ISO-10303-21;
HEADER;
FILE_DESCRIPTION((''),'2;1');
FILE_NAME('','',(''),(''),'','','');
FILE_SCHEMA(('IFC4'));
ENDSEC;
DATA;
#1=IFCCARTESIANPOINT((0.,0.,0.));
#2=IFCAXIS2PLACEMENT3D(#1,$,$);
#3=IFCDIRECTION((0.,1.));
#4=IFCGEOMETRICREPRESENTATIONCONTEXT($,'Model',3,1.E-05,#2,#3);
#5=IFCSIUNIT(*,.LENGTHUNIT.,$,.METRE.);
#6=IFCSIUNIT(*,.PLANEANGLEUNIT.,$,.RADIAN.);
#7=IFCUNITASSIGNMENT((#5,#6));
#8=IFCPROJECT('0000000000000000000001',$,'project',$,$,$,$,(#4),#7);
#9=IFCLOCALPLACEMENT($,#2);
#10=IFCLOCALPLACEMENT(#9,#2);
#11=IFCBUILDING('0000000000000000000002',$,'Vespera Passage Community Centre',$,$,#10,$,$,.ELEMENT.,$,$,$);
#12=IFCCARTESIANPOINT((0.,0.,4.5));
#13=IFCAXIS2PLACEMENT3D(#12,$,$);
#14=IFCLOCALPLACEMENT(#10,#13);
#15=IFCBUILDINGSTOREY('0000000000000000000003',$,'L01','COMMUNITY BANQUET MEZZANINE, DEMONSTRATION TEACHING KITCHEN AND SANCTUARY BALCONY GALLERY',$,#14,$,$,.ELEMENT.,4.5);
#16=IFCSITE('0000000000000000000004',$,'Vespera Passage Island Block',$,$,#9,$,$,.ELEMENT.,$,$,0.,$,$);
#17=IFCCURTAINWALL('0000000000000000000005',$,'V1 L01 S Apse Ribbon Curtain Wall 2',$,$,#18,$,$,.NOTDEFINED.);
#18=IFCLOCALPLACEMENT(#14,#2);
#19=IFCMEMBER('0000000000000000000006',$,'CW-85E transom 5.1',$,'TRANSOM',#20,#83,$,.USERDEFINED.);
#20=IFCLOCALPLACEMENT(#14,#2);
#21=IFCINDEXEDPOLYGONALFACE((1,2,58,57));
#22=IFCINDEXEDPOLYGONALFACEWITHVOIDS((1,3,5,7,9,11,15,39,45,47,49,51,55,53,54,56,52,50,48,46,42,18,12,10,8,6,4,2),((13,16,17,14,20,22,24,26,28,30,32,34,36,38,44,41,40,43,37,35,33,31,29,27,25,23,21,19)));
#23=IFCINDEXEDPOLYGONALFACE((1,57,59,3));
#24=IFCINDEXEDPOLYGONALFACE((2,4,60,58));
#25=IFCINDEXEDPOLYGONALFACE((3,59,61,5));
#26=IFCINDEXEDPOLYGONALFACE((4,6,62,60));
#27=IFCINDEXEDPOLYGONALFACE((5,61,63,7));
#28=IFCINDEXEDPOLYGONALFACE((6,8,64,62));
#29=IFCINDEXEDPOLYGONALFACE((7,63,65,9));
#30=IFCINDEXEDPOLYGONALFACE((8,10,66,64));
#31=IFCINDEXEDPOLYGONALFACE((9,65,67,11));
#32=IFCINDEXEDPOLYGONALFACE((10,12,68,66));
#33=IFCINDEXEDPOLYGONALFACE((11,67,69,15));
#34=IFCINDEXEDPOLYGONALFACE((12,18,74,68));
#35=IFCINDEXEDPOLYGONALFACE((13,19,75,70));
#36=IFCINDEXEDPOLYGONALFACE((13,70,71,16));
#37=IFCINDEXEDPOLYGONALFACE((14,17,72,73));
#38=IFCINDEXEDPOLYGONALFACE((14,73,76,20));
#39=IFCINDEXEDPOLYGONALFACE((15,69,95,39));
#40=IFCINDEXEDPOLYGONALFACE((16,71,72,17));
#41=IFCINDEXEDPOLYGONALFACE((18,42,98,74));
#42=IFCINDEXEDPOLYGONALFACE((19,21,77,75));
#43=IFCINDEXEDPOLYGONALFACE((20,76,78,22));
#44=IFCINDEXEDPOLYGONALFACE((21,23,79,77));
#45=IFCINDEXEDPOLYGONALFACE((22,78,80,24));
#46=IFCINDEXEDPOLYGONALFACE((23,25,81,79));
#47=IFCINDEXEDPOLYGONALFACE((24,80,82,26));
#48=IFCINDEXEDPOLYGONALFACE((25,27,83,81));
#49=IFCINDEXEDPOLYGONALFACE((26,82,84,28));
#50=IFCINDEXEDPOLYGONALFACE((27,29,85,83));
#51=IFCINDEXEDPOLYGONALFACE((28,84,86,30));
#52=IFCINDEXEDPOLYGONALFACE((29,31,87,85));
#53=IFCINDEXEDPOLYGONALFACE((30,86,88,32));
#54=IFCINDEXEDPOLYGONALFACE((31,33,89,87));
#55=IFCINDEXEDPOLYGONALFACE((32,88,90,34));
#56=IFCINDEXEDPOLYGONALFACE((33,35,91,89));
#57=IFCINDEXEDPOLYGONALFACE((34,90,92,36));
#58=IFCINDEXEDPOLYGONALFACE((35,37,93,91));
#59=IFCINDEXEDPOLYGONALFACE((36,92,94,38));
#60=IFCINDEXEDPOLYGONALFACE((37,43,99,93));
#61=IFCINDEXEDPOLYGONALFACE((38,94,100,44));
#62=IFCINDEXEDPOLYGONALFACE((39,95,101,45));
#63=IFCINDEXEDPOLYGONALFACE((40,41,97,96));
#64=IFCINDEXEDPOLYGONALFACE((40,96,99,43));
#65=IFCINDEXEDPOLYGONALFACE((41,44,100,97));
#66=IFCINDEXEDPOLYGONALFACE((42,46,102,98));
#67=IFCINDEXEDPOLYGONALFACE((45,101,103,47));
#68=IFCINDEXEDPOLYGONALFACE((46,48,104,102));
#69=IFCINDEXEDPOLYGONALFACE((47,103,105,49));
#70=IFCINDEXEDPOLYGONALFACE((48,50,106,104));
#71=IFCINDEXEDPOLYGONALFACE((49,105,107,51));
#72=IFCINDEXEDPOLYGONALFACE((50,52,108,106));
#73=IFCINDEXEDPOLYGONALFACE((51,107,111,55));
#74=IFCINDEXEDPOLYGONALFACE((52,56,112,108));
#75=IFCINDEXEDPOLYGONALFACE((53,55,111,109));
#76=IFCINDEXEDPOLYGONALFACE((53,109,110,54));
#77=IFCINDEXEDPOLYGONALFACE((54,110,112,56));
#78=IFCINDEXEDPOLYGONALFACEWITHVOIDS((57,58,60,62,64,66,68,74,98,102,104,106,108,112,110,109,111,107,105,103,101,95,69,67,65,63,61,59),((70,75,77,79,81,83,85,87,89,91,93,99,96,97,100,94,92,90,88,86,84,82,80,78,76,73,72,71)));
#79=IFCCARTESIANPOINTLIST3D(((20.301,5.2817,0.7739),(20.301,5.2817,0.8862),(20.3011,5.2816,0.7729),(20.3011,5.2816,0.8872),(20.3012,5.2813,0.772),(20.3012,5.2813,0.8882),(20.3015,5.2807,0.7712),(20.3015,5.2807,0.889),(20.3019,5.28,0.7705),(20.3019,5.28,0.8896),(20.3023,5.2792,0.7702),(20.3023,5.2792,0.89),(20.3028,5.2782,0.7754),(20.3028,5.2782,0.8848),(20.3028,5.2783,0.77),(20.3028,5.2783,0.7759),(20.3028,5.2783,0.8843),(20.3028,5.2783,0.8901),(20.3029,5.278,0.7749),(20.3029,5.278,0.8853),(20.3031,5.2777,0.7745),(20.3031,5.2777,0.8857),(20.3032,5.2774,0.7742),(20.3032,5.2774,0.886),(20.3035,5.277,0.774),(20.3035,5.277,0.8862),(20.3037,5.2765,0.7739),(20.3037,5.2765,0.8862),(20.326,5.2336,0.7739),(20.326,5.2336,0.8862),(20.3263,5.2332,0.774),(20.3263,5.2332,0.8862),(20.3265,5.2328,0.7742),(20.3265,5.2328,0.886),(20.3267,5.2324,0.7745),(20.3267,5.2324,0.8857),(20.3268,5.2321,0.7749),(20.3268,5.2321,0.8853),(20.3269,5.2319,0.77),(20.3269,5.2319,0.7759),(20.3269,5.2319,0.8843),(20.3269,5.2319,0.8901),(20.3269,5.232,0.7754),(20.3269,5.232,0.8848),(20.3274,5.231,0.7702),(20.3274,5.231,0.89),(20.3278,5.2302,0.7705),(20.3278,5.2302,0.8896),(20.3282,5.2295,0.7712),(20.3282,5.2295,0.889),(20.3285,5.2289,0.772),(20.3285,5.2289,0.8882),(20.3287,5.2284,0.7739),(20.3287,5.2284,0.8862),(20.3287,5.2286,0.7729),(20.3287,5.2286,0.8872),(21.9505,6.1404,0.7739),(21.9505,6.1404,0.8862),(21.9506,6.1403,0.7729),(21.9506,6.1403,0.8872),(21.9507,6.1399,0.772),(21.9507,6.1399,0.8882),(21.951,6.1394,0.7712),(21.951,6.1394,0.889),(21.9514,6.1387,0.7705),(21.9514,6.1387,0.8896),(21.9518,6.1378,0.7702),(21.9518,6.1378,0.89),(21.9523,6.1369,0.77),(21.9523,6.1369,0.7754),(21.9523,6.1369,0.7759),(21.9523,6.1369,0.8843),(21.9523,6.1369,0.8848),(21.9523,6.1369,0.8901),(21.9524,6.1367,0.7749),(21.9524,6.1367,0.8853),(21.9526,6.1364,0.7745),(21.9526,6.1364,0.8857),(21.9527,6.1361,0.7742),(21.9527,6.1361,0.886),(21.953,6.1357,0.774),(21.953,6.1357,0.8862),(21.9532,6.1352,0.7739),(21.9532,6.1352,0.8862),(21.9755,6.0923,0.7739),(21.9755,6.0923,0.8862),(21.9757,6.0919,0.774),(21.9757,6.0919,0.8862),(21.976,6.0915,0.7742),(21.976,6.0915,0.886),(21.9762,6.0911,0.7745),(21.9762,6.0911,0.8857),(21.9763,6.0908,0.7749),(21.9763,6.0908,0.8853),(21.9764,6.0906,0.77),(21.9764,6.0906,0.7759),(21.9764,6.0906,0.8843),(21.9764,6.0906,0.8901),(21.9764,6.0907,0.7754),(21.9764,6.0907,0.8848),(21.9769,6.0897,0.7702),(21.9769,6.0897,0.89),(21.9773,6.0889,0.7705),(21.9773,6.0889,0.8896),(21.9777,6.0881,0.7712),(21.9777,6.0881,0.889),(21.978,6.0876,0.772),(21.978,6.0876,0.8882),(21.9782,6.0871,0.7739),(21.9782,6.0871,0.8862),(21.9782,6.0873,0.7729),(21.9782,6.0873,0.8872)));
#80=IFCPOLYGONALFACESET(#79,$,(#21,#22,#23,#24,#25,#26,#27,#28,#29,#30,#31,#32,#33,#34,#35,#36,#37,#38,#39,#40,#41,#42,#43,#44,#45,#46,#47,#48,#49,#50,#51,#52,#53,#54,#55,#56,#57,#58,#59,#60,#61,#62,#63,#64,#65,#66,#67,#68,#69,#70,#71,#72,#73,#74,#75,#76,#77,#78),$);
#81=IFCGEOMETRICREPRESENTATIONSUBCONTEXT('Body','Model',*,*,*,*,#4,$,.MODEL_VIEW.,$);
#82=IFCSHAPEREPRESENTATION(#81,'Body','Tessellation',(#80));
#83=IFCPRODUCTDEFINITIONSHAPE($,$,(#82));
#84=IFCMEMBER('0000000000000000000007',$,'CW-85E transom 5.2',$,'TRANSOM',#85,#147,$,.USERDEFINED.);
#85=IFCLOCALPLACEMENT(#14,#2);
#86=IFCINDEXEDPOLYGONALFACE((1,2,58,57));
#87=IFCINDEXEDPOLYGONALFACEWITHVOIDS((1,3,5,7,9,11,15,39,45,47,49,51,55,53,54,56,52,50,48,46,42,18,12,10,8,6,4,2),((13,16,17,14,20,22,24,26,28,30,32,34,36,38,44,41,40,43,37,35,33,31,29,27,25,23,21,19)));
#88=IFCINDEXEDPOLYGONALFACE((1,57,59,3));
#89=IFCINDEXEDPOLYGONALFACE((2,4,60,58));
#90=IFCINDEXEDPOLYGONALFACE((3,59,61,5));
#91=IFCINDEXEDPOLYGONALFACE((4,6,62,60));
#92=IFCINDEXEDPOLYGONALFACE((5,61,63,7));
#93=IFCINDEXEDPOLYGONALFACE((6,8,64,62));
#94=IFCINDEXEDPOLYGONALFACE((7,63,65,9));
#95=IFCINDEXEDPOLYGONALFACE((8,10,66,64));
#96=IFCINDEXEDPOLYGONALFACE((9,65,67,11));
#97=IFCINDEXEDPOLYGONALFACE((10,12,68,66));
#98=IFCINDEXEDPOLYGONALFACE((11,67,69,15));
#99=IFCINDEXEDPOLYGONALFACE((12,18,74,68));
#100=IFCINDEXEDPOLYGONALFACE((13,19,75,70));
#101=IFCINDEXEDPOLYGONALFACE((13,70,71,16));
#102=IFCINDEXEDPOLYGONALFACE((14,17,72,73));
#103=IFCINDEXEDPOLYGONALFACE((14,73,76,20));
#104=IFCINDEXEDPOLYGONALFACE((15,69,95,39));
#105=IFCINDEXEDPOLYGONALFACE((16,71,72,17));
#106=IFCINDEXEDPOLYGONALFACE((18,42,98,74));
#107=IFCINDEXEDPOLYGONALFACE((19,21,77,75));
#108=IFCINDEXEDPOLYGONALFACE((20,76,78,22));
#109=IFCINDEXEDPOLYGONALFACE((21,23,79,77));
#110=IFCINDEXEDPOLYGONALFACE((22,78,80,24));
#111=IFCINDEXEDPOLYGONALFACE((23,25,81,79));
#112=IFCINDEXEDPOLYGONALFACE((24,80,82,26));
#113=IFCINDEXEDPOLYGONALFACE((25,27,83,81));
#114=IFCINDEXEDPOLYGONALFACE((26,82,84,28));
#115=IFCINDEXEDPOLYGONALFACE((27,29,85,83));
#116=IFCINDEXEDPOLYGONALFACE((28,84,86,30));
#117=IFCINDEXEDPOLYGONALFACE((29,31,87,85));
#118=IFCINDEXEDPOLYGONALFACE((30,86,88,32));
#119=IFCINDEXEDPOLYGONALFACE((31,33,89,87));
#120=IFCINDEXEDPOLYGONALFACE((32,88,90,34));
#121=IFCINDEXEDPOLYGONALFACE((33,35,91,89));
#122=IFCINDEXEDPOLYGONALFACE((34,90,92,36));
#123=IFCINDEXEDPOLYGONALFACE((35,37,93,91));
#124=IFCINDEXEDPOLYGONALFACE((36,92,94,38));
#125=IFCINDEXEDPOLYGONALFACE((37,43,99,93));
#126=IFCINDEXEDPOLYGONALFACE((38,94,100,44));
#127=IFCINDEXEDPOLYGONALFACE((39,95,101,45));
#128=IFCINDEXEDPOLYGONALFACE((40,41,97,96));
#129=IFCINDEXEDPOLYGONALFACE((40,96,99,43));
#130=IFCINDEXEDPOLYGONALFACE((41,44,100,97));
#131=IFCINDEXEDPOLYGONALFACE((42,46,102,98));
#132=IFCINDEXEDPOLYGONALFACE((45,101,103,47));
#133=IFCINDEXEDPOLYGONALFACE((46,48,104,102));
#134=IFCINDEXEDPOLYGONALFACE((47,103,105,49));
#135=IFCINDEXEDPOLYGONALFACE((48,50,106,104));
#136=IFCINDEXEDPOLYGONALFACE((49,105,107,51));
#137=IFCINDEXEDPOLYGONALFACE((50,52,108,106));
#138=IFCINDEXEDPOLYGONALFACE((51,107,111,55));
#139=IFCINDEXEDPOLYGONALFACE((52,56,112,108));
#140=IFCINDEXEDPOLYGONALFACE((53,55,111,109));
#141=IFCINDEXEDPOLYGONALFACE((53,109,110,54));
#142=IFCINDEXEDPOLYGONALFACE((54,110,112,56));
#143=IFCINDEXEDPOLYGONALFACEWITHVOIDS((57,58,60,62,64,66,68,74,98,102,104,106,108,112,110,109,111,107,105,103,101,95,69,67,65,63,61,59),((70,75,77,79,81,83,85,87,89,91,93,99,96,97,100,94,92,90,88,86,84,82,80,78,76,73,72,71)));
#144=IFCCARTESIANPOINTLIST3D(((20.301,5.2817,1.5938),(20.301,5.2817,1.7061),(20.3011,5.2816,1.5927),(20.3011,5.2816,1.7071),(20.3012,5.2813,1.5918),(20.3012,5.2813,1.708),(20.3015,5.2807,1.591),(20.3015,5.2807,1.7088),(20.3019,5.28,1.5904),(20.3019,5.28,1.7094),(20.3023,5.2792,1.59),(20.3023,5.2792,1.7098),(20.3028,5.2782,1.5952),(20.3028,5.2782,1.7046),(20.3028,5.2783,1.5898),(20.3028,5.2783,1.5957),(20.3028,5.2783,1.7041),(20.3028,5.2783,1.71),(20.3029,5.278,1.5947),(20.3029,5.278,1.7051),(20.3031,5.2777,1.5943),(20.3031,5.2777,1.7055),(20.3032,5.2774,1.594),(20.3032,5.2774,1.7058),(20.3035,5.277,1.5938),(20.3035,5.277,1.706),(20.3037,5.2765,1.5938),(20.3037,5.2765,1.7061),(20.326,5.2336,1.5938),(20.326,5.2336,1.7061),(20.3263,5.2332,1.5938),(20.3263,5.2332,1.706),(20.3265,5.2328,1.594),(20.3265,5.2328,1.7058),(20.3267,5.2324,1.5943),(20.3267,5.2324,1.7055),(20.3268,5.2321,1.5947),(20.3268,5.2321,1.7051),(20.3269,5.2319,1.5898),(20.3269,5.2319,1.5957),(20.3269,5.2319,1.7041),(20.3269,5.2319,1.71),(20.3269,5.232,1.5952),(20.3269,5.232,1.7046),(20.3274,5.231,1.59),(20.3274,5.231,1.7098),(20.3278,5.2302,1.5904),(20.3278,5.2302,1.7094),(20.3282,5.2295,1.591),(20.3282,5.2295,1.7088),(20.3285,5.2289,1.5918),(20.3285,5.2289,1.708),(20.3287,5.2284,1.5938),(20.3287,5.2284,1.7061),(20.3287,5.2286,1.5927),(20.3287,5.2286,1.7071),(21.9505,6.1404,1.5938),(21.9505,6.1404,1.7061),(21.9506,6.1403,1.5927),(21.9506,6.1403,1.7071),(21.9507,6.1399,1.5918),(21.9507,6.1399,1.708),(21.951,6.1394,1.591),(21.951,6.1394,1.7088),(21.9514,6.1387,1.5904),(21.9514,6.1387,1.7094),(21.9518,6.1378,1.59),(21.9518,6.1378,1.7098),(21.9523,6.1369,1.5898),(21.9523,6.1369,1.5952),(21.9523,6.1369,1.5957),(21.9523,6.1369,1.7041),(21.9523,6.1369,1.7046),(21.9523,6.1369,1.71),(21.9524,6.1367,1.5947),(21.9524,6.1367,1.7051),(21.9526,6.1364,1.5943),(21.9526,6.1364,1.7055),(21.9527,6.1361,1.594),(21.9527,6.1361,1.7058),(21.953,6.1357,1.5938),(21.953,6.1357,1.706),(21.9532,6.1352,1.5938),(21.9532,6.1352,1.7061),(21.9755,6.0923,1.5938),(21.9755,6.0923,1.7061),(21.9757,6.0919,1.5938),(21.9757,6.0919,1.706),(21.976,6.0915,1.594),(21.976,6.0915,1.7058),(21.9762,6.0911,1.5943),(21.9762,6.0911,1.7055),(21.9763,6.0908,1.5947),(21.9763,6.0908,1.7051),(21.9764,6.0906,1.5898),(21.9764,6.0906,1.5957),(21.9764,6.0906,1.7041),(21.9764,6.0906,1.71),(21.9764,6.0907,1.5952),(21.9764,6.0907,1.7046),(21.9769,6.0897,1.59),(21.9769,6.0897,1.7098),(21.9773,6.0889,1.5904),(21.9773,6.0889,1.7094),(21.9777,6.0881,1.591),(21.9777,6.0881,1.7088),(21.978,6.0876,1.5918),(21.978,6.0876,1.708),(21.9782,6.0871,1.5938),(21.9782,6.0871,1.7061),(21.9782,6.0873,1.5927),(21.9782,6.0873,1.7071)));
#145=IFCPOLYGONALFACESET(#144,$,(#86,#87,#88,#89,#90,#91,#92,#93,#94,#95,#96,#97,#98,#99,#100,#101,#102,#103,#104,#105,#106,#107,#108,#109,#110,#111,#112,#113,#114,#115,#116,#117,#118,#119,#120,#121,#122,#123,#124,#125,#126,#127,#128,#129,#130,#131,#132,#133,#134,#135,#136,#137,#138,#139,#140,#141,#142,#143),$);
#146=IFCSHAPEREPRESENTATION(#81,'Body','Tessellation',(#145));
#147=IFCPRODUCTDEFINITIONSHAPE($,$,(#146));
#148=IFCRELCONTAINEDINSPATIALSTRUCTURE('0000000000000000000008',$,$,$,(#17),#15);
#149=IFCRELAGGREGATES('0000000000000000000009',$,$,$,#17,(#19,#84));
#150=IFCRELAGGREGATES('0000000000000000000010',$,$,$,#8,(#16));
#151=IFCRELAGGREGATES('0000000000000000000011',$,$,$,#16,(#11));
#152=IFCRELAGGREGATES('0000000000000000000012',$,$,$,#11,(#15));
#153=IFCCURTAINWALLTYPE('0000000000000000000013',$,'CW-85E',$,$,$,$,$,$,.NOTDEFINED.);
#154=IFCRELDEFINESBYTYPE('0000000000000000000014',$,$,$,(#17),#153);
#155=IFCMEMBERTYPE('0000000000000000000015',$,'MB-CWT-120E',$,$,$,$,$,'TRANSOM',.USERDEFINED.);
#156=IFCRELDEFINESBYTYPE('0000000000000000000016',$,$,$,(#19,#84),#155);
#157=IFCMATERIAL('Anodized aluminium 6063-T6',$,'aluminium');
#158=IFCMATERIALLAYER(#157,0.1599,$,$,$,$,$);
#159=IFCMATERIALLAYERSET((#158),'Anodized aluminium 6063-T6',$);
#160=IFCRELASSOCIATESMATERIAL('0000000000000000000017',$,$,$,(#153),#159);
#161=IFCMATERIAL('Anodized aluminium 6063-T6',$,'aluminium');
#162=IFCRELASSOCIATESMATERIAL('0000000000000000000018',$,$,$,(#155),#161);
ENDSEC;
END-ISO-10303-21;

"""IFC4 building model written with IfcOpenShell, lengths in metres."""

from ifc_helpers import new_model, si_unit, direction, frame, origin, origin_2d, place, context, subcontext, project, spatial, hollow_rectangle, extrude, material, layer, layer_set, material_profile, profile_set, type_object, element, aggregate, save


model = new_model("IFC4")

# Units and contexts
model_context = context("Model", 3, precision=1e-05, world=origin(), true_north=direction((0.0, 1.0)))
body_context = subcontext(model_context, "Body", "Model", "MODEL_VIEW")
ifc_project = project(units=[si_unit("LENGTHUNIT", "METRE"), si_unit("PLANEANGLEUNIT", "RADIAN")], contexts=[model_context])

# Site, building, storey
site_placement = place(None, origin())
site = spatial("IfcSite", under=ifc_project, at=site_placement, Name="Vespera Passage Island Block", CompositionType="ELEMENT", RefElevation=0.0)
building_placement = place(site_placement, origin())
building = spatial("IfcBuilding", under=site, at=building_placement, Name="Vespera Passage Community Centre", CompositionType="ELEMENT")
storey_placement = place(building_placement, frame((0.0, 0.0, 4.5)))
storey = spatial("IfcBuildingStorey", under=building, at=storey_placement, Name="L01", Description="COMMUNITY BANQUET MEZZANINE, DEMONSTRATION TEACHING KITCHEN AND SANCTUARY BALCONY GALLERY", CompositionType="ELEMENT", Elevation=4.5)

# Curtain wall, members
ifc_material_1 = material(Name="Anodized aluminium 6063-T6", Category="aluminium")
ifc_layer_1 = layer(ifc_material_1, 0.1599)
ifc_layer_set_1 = layer_set([ifc_layer_1], Name="Anodized aluminium 6063-T6")
curtain_wall_type = type_object("IfcCurtainWallType", Name="CW-85E", PredefinedType="NOTDEFINED", material=ifc_layer_set_1)
curtain_wall_placement = place(storey_placement, origin())
curtain_wall = element("IfcCurtainWall", 1, at=curtain_wall_placement, inside=storey, type_object=curtain_wall_type, Name="V1 L01 S Apse Ribbon Curtain Wall 2", PredefinedType="NOTDEFINED")
ifc_material_2 = material(Name="Anodized aluminium 6063-T6", Category="aluminium")
ifc_material_profile_1 = material_profile(ifc_material_2, hollow_rectangle(XDim=0.0601, YDim=0.1201, WallThickness=0.0039, InnerFilletRadius=0.002, OuterFilletRadius=0.0039, at=origin_2d()), Name="ALU120X60X4")
ifc_profile_set_1 = profile_set([ifc_material_profile_1], Name="Anodized aluminium 6063-T6")
member_type_1 = type_object("IfcMemberType", Name="MB-CWT-120E", ElementType="TRANSOM", PredefinedType="USERDEFINED", material=ifc_profile_set_1)
member_1_placement = place(storey_placement, frame((21.9644, 6.1138, 0.8301), z_axis=(-0.887008, -0.461754, 0.0), x_axis=(0.461754, -0.887008, 0.0)))
member_1 = element("IfcMember", 2, at=member_1_placement, type_object=member_type_1, Name="CW-85E transom 5.1", ObjectType="TRANSOM", PredefinedType="USERDEFINED", context=body_context, shape_type="SweptSolid", body=[
    extrude(hollow_rectangle(XDim=0.0601, YDim=0.1201, WallThickness=0.0039, InnerFilletRadius=0.002, OuterFilletRadius=0.0039, at=origin_2d()), origin(), (0.0, 0.0, 1.0), 1.8596),
])
member_2_placement = place(storey_placement, frame((21.9644, 6.1138, 1.6499), z_axis=(-0.887008, -0.461754, 0.0), x_axis=(0.461754, -0.887008, 0.0)))
member_2 = element("IfcMember", 3, at=member_2_placement, type_object=member_type_1, Name="CW-85E transom 5.2", ObjectType="TRANSOM", PredefinedType="USERDEFINED", context=body_context, shape_type="SweptSolid", body=[
    extrude(hollow_rectangle(XDim=0.0601, YDim=0.1201, WallThickness=0.0039, InnerFilletRadius=0.002, OuterFilletRadius=0.0039, at=origin_2d()), origin(), (0.0, 0.0, 1.0), 1.8596),
])
aggregate(curtain_wall, [member_1, member_2])

save(model, "model.ifc")
